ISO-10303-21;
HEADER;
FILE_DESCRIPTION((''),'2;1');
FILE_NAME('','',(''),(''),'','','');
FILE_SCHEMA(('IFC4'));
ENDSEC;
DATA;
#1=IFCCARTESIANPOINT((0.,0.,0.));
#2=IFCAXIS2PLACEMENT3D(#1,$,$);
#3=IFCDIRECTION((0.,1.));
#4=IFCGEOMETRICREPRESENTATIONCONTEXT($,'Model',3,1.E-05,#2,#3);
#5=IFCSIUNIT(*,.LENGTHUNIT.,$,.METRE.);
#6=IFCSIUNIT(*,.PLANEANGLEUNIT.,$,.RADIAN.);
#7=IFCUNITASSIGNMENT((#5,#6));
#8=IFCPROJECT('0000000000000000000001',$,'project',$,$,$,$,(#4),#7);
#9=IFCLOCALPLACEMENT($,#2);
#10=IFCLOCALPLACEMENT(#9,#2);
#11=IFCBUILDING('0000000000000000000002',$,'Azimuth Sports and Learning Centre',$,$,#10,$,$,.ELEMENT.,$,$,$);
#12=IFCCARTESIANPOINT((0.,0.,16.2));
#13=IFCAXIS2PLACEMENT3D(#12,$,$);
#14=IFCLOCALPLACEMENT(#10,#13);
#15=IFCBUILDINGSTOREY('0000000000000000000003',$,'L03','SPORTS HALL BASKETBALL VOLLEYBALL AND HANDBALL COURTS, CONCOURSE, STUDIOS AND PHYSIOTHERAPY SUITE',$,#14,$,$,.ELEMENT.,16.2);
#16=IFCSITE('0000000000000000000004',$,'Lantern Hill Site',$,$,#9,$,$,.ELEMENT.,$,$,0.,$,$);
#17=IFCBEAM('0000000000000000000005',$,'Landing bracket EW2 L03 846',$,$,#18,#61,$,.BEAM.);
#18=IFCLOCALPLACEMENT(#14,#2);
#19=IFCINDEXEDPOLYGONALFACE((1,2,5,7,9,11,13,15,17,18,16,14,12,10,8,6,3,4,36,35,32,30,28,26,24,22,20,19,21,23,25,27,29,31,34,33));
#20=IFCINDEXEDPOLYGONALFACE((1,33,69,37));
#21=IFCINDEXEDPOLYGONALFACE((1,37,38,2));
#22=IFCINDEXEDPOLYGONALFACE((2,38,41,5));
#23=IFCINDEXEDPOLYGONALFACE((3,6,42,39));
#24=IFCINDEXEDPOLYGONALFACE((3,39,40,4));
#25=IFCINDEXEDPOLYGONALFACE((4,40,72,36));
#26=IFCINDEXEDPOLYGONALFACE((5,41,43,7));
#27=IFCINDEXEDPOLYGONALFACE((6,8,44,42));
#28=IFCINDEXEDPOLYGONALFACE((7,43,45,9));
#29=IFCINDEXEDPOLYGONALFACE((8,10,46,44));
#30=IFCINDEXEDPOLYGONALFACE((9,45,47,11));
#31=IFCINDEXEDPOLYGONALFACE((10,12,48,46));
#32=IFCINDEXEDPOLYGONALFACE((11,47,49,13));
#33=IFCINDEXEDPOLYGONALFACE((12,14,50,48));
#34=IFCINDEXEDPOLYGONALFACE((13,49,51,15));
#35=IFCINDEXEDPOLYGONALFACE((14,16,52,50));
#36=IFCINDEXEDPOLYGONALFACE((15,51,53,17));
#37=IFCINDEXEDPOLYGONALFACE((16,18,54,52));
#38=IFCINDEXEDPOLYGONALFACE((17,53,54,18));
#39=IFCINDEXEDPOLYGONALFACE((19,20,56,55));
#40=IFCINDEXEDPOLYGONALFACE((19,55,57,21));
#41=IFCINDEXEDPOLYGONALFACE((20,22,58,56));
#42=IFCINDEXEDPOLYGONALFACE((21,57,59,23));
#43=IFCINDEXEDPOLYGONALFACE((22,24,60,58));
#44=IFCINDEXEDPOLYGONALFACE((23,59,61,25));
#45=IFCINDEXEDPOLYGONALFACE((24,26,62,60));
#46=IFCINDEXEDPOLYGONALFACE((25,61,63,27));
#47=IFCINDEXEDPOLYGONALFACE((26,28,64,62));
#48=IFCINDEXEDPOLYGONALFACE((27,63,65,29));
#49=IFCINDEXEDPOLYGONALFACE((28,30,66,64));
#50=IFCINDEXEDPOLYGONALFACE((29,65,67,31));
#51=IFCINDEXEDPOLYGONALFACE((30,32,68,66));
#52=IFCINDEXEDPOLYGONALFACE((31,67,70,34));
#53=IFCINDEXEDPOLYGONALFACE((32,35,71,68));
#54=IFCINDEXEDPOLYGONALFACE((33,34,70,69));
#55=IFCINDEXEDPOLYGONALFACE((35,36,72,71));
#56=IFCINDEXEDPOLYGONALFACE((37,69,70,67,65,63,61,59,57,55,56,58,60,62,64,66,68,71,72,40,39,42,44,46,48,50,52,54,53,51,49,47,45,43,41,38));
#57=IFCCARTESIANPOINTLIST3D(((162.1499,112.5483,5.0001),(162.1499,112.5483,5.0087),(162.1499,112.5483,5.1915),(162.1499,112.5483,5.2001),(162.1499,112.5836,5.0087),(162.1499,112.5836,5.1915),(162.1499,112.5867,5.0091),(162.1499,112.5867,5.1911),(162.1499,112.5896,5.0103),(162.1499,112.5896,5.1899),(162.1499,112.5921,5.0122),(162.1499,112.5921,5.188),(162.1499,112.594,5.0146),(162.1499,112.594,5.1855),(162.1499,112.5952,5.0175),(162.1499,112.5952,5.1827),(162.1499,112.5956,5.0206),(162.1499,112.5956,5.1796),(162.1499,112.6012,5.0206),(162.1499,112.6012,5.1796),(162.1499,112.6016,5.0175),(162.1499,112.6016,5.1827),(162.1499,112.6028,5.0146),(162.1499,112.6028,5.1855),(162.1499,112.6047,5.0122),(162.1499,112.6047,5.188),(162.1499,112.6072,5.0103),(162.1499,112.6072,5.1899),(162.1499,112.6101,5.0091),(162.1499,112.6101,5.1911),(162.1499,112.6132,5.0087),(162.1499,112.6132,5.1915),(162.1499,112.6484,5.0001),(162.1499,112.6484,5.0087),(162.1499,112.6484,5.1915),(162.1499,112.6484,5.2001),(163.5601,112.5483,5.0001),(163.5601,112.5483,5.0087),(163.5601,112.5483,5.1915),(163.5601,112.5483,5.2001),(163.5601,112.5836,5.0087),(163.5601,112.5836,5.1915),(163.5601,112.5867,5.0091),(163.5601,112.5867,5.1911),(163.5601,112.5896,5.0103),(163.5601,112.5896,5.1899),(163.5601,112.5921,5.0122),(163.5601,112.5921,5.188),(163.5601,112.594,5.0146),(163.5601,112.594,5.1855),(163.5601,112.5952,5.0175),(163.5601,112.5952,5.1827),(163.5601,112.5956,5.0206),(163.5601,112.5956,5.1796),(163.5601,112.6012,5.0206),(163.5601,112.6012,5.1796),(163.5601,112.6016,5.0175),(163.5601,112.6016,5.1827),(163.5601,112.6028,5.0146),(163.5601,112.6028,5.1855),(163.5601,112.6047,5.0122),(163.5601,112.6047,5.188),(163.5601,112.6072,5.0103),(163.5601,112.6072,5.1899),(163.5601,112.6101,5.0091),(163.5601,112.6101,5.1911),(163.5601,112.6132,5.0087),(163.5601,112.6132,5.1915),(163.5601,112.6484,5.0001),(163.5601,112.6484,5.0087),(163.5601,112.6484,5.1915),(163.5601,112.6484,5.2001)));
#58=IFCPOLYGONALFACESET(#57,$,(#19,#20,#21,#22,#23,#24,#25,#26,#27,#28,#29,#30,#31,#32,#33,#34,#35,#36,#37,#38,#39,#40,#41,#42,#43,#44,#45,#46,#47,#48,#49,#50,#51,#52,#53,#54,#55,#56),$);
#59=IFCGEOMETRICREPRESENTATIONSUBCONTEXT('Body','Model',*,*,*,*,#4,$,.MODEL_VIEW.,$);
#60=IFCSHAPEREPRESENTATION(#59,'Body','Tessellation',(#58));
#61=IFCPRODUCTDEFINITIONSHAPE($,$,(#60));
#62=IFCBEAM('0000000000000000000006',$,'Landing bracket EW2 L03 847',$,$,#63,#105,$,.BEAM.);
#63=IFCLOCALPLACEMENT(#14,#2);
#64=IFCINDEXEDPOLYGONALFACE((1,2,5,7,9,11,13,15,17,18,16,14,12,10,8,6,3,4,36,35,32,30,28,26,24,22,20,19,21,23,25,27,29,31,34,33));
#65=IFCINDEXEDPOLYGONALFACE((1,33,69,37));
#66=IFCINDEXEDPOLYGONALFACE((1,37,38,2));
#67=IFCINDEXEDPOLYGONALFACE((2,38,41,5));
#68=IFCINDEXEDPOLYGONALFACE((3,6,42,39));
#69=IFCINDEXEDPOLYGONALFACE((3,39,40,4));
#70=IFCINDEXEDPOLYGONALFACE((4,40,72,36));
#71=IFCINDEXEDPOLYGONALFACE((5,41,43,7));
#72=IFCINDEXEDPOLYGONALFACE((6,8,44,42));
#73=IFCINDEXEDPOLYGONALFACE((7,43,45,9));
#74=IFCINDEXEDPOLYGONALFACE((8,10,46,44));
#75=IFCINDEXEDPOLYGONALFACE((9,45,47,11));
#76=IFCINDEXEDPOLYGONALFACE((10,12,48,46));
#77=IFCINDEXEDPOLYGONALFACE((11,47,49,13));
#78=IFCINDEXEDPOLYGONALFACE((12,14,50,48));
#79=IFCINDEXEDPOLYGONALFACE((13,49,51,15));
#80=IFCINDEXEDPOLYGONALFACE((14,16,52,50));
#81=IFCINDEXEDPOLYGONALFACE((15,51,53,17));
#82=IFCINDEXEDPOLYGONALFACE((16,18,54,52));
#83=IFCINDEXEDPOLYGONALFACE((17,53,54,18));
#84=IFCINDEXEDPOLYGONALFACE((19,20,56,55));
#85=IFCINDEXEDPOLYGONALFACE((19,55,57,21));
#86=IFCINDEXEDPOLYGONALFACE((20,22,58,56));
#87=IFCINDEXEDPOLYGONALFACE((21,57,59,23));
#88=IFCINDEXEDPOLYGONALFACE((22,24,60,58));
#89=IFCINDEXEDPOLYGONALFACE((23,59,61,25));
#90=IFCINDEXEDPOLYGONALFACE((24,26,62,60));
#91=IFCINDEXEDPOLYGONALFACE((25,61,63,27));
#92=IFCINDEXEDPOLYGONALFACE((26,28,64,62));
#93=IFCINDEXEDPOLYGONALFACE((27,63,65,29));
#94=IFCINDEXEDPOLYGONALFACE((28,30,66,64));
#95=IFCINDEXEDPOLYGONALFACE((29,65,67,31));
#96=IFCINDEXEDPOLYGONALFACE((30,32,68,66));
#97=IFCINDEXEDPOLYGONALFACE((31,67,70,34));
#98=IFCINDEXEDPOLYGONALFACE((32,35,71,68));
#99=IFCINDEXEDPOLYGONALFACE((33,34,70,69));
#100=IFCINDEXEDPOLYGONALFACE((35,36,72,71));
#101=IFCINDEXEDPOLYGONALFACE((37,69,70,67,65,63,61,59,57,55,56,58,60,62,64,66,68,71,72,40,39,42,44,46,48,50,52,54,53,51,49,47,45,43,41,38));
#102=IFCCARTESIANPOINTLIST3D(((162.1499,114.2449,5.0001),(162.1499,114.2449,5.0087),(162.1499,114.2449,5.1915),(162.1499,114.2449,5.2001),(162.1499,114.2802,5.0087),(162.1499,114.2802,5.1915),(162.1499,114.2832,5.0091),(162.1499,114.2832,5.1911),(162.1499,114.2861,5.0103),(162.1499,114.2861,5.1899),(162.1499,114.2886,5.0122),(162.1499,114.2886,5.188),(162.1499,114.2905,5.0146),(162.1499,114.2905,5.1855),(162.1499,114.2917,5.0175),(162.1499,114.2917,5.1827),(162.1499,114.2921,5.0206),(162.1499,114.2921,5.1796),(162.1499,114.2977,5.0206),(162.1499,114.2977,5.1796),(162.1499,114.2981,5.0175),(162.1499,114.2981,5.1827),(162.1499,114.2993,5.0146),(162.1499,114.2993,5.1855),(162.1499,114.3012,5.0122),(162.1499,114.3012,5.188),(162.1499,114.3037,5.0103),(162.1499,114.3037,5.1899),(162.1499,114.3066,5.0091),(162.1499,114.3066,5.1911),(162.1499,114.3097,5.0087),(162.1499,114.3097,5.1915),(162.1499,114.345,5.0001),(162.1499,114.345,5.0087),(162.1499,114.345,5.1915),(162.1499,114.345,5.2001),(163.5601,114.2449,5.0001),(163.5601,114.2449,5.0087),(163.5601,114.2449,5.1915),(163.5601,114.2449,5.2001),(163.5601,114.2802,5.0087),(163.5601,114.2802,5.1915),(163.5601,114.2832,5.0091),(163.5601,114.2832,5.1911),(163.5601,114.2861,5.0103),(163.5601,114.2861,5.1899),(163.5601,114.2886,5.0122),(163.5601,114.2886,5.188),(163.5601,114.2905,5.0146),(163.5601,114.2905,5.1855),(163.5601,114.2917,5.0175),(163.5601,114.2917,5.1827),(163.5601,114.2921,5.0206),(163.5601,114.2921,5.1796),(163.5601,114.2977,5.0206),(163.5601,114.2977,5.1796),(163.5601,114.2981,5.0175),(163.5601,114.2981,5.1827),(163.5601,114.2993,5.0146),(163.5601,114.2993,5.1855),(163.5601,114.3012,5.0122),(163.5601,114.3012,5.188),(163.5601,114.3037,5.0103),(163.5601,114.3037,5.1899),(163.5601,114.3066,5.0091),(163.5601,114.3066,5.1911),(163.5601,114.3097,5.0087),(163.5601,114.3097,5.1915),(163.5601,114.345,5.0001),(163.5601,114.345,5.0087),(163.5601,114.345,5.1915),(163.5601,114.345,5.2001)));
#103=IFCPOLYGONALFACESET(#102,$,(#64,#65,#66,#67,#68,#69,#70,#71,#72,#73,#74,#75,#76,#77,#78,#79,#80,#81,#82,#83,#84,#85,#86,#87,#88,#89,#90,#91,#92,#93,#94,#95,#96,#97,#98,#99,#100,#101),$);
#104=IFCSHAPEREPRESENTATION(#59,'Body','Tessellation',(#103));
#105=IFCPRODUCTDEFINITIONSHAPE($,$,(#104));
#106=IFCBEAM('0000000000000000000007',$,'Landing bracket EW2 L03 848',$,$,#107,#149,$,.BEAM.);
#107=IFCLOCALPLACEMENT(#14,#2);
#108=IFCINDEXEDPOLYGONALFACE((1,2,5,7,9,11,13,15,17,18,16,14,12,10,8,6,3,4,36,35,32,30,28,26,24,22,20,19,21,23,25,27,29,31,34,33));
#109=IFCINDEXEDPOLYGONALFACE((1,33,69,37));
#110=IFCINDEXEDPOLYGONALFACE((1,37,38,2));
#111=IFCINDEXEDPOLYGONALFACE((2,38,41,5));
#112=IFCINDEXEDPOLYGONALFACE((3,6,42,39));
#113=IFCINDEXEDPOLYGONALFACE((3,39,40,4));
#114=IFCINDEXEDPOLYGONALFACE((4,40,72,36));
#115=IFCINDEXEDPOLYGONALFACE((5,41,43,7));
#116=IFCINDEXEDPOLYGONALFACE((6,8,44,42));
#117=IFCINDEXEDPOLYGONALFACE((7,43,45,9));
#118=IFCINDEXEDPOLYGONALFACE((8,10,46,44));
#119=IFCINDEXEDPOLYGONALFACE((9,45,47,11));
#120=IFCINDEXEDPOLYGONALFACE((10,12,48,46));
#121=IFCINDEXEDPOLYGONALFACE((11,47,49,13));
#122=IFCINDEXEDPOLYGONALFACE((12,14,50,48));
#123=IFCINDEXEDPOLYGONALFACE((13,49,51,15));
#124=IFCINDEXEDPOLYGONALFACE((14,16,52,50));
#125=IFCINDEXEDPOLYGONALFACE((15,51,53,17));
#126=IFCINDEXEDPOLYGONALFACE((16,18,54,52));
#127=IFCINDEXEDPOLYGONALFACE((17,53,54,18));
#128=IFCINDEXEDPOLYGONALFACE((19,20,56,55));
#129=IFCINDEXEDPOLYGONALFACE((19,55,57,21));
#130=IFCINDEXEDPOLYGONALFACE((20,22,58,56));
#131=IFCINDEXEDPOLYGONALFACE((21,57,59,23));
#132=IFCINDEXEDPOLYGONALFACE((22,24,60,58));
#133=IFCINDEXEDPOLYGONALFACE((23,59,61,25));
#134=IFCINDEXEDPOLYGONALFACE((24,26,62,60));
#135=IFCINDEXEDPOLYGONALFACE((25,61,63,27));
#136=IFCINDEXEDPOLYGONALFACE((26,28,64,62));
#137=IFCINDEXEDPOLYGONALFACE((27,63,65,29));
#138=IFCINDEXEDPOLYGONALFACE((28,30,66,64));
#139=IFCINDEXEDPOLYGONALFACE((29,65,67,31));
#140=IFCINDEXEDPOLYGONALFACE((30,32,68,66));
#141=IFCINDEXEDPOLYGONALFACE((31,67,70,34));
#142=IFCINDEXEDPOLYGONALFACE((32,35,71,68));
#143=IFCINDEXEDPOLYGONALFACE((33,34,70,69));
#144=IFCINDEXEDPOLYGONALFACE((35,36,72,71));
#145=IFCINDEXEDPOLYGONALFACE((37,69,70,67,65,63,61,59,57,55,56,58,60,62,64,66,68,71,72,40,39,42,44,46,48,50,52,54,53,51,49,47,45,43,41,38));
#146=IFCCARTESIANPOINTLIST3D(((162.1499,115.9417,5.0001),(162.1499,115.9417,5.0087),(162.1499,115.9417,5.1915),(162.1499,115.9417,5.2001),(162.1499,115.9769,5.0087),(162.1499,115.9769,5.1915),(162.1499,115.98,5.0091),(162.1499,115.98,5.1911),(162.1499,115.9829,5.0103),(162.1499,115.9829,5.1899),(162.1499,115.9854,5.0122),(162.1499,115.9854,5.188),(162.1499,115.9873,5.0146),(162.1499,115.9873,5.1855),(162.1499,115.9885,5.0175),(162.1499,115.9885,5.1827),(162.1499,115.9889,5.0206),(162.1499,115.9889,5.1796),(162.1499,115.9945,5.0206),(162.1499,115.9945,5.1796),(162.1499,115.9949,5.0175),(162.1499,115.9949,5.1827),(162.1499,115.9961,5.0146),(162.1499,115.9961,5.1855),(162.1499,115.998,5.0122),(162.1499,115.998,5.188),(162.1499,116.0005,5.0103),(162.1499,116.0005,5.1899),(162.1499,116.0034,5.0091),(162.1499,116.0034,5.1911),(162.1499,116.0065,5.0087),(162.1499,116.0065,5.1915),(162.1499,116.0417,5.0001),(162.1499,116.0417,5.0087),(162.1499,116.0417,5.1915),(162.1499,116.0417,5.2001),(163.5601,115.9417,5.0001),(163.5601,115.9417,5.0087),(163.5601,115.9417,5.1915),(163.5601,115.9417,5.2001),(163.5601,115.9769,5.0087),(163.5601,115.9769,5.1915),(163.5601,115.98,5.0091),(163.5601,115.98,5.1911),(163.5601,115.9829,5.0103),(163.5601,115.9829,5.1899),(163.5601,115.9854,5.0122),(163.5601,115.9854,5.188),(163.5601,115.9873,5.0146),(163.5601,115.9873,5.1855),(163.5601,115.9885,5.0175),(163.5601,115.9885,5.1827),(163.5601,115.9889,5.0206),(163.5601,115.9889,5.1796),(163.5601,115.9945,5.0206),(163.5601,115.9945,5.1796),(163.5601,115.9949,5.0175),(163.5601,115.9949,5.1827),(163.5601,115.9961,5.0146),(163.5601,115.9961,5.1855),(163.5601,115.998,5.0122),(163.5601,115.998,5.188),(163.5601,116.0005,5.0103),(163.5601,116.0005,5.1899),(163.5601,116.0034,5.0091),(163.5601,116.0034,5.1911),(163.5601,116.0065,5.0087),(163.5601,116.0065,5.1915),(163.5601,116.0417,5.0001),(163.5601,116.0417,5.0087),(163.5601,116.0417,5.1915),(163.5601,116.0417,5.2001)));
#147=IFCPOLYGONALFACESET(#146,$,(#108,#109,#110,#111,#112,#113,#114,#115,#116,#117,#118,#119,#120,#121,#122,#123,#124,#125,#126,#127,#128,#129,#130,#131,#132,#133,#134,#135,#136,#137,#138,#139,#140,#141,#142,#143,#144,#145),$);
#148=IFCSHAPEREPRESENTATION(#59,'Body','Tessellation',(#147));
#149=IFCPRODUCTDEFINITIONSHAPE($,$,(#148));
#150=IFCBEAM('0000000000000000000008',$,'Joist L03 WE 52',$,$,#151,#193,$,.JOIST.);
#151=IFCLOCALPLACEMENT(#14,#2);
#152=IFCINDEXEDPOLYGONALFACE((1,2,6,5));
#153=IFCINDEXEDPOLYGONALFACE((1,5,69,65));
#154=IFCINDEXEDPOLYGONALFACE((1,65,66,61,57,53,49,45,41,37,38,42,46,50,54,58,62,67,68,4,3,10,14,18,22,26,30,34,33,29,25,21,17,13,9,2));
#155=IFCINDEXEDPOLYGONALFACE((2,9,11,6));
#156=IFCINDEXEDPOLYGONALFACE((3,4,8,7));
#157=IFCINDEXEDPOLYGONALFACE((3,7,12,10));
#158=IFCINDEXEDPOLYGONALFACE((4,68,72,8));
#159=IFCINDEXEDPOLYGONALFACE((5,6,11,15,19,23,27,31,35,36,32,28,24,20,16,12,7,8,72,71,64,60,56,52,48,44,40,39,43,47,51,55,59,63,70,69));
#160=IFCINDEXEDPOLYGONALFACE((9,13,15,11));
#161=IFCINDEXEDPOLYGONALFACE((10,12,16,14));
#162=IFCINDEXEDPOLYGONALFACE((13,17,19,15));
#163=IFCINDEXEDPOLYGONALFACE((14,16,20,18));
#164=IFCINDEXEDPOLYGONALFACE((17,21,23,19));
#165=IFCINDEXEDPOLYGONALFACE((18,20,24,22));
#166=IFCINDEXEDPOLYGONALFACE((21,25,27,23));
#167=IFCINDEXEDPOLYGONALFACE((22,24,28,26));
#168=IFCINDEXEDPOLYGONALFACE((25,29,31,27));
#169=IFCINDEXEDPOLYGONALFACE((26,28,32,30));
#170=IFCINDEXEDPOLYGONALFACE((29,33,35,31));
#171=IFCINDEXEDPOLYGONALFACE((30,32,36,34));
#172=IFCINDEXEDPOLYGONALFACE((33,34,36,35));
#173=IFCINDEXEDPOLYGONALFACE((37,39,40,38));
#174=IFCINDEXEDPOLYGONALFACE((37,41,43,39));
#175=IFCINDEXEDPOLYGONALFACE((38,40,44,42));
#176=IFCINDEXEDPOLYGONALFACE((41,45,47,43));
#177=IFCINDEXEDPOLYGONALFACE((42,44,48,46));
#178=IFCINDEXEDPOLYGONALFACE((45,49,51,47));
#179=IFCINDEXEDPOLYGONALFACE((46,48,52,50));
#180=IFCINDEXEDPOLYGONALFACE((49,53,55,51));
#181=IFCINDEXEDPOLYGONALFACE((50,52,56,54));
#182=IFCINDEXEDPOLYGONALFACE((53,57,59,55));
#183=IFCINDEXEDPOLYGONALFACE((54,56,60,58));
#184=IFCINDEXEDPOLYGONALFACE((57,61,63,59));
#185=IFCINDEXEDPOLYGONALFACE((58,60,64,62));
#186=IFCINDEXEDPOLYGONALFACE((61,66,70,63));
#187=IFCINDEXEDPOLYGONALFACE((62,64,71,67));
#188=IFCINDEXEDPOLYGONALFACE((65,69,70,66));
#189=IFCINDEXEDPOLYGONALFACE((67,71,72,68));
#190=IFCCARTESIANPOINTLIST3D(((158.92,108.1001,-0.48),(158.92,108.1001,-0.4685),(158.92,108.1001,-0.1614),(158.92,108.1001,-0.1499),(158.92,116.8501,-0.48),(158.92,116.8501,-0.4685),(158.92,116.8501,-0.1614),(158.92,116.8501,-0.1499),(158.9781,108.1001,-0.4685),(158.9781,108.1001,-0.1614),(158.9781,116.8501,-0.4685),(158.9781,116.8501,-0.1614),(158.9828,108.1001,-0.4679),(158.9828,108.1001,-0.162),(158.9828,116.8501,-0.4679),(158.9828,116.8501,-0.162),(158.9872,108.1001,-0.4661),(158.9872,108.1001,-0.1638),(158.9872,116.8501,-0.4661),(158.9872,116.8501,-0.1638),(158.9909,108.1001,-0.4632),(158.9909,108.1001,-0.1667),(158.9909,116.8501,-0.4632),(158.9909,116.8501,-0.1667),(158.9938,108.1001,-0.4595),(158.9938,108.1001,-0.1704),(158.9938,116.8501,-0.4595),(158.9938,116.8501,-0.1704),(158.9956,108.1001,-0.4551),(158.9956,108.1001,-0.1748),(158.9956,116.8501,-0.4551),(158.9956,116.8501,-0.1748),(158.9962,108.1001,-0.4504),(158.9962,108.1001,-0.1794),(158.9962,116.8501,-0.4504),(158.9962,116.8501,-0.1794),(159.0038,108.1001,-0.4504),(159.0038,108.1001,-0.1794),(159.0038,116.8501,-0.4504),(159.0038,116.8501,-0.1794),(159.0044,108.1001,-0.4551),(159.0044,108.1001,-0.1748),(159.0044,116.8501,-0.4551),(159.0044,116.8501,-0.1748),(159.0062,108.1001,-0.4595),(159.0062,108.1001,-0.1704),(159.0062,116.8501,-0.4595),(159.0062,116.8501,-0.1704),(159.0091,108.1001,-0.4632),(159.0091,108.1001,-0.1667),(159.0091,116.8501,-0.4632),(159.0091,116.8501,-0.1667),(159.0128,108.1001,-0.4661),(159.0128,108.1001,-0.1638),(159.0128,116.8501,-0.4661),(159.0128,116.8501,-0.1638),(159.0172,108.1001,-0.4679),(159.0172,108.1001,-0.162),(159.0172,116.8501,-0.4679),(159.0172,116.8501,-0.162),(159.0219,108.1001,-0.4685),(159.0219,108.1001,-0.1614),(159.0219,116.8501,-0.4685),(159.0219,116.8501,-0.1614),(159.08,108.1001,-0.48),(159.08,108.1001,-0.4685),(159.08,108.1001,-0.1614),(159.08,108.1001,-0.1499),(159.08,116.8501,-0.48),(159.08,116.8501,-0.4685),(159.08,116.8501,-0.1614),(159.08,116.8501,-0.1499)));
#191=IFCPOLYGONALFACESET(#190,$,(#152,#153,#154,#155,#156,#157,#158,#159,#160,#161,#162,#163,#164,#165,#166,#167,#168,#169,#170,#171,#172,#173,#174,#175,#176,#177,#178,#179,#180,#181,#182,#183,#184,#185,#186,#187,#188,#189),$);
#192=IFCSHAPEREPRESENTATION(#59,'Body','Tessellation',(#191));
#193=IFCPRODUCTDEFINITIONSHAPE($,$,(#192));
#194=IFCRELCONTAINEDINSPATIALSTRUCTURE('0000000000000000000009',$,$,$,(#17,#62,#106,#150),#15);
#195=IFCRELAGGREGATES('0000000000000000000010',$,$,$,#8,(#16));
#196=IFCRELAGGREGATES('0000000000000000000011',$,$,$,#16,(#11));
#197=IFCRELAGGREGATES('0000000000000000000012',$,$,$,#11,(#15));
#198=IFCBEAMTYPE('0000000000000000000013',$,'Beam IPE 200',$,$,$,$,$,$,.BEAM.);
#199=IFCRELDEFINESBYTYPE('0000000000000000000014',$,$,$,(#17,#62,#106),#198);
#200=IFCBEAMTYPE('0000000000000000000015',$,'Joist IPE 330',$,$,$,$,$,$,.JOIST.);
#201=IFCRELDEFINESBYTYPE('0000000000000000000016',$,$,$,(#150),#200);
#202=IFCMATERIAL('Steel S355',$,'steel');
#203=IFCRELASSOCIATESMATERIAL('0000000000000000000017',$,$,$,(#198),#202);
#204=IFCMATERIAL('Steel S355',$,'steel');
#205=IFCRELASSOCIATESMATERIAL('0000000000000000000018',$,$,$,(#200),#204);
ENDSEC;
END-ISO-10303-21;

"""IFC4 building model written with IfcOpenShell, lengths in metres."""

from ifc_helpers import new_model, si_unit, direction, frame, origin, origin_2d, place, context, subcontext, project, spatial, i_section, extrude, material, material_profile, profile_set, type_object, element, save


model = new_model("IFC4")

# Units and contexts
model_context = context("Model", 3, precision=1e-05, world=origin(), true_north=direction((0.0, 1.0)))
body_context = subcontext(model_context, "Body", "Model", "MODEL_VIEW")
ifc_project = project(units=[si_unit("LENGTHUNIT", "METRE"), si_unit("PLANEANGLEUNIT", "RADIAN")], contexts=[model_context])

# Site, building, storey
site_placement = place(None, origin())
site = spatial("IfcSite", under=ifc_project, at=site_placement, Name="Lantern Hill Site", CompositionType="ELEMENT", RefElevation=0.0)
building_placement = place(site_placement, origin())
building = spatial("IfcBuilding", under=site, at=building_placement, Name="Azimuth Sports and Learning Centre", CompositionType="ELEMENT")
storey_placement = place(building_placement, frame((0.0, 0.0, 16.2)))
storey = spatial("IfcBuildingStorey", under=building, at=storey_placement, Name="L03", Description="SPORTS HALL BASKETBALL VOLLEYBALL AND HANDBALL COURTS, CONCOURSE, STUDIOS AND PHYSIOTHERAPY SUITE", CompositionType="ELEMENT", Elevation=16.2)

# Beams
ifc_material_1 = material(Name="Steel S355", Category="steel")
ifc_material_profile_1 = material_profile(ifc_material_1, i_section(OverallWidth=0.1001, OverallDepth=0.2, WebThickness=0.0056, FlangeThickness=0.0085, FilletRadius=0.012, at=origin_2d()), Name="IPE 200")
ifc_profile_set_1 = profile_set([ifc_material_profile_1], Name="Steel S355")
beam_type_1 = type_object("IfcBeamType", Name="Beam IPE 200", PredefinedType="BEAM", material=ifc_profile_set_1)
for number, where, z_axis, x_axis, name in (
    (1, (162.1499, 112.5984, 5.1001), (1.0, 0.0, 0.0), (0.0, 1.0, 0.0), "Landing bracket EW2 L03 846"),
    (2, (162.1499, 114.2949, 5.1001), (1.0, 0.0, 0.0), (0.0, 1.0, 0.0), "Landing bracket EW2 L03 847"),
    (3, (162.1499, 115.9917, 5.1001), (1.0, 0.0, 0.0), (0.0, 1.0, 0.0), "Landing bracket EW2 L03 848"),
):
    element("IfcBeam", number, at=place(storey_placement, frame(where, z_axis=z_axis, x_axis=x_axis)), inside=storey, type_object=beam_type_1, Name=name, PredefinedType="BEAM", context=body_context, shape_type="SweptSolid", body=[
        extrude(i_section(OverallWidth=0.1001, OverallDepth=0.2, WebThickness=0.0056, FlangeThickness=0.0085, FilletRadius=0.012, at=origin_2d()), origin(), (0.0, 0.0, 1.0), 1.4102),
    ])
ifc_material_2 = material(Name="Steel S355", Category="steel")
ifc_material_profile_2 = material_profile(ifc_material_2, i_section(OverallWidth=0.1599, OverallDepth=0.3301, WebThickness=0.0076, FlangeThickness=0.0115, FilletRadius=0.0181, at=origin_2d()), Name="IPE 330")
ifc_profile_set_2 = profile_set([ifc_material_profile_2], Name="Steel S355")
beam_type_2 = type_object("IfcBeamType", Name="Joist IPE 330", PredefinedType="JOIST", material=ifc_profile_set_2)
beam_placement = place(storey_placement, frame((159.0, 108.1001, -0.3149), z_axis=(0.0, 1.0, 0.0), x_axis=(-1.0, 0.0, 0.0)))
element("IfcBeam", 4, at=beam_placement, inside=storey, type_object=beam_type_2, Name="Joist L03 WE 52", PredefinedType="JOIST", context=body_context, shape_type="SweptSolid", body=[
    extrude(i_section(OverallWidth=0.1599, OverallDepth=0.3301, WebThickness=0.0076, FlangeThickness=0.0115, FilletRadius=0.0181, at=origin_2d()), origin(), (0.0, 0.0, 1.0), 8.75),
])

save(model, "model.ifc")
